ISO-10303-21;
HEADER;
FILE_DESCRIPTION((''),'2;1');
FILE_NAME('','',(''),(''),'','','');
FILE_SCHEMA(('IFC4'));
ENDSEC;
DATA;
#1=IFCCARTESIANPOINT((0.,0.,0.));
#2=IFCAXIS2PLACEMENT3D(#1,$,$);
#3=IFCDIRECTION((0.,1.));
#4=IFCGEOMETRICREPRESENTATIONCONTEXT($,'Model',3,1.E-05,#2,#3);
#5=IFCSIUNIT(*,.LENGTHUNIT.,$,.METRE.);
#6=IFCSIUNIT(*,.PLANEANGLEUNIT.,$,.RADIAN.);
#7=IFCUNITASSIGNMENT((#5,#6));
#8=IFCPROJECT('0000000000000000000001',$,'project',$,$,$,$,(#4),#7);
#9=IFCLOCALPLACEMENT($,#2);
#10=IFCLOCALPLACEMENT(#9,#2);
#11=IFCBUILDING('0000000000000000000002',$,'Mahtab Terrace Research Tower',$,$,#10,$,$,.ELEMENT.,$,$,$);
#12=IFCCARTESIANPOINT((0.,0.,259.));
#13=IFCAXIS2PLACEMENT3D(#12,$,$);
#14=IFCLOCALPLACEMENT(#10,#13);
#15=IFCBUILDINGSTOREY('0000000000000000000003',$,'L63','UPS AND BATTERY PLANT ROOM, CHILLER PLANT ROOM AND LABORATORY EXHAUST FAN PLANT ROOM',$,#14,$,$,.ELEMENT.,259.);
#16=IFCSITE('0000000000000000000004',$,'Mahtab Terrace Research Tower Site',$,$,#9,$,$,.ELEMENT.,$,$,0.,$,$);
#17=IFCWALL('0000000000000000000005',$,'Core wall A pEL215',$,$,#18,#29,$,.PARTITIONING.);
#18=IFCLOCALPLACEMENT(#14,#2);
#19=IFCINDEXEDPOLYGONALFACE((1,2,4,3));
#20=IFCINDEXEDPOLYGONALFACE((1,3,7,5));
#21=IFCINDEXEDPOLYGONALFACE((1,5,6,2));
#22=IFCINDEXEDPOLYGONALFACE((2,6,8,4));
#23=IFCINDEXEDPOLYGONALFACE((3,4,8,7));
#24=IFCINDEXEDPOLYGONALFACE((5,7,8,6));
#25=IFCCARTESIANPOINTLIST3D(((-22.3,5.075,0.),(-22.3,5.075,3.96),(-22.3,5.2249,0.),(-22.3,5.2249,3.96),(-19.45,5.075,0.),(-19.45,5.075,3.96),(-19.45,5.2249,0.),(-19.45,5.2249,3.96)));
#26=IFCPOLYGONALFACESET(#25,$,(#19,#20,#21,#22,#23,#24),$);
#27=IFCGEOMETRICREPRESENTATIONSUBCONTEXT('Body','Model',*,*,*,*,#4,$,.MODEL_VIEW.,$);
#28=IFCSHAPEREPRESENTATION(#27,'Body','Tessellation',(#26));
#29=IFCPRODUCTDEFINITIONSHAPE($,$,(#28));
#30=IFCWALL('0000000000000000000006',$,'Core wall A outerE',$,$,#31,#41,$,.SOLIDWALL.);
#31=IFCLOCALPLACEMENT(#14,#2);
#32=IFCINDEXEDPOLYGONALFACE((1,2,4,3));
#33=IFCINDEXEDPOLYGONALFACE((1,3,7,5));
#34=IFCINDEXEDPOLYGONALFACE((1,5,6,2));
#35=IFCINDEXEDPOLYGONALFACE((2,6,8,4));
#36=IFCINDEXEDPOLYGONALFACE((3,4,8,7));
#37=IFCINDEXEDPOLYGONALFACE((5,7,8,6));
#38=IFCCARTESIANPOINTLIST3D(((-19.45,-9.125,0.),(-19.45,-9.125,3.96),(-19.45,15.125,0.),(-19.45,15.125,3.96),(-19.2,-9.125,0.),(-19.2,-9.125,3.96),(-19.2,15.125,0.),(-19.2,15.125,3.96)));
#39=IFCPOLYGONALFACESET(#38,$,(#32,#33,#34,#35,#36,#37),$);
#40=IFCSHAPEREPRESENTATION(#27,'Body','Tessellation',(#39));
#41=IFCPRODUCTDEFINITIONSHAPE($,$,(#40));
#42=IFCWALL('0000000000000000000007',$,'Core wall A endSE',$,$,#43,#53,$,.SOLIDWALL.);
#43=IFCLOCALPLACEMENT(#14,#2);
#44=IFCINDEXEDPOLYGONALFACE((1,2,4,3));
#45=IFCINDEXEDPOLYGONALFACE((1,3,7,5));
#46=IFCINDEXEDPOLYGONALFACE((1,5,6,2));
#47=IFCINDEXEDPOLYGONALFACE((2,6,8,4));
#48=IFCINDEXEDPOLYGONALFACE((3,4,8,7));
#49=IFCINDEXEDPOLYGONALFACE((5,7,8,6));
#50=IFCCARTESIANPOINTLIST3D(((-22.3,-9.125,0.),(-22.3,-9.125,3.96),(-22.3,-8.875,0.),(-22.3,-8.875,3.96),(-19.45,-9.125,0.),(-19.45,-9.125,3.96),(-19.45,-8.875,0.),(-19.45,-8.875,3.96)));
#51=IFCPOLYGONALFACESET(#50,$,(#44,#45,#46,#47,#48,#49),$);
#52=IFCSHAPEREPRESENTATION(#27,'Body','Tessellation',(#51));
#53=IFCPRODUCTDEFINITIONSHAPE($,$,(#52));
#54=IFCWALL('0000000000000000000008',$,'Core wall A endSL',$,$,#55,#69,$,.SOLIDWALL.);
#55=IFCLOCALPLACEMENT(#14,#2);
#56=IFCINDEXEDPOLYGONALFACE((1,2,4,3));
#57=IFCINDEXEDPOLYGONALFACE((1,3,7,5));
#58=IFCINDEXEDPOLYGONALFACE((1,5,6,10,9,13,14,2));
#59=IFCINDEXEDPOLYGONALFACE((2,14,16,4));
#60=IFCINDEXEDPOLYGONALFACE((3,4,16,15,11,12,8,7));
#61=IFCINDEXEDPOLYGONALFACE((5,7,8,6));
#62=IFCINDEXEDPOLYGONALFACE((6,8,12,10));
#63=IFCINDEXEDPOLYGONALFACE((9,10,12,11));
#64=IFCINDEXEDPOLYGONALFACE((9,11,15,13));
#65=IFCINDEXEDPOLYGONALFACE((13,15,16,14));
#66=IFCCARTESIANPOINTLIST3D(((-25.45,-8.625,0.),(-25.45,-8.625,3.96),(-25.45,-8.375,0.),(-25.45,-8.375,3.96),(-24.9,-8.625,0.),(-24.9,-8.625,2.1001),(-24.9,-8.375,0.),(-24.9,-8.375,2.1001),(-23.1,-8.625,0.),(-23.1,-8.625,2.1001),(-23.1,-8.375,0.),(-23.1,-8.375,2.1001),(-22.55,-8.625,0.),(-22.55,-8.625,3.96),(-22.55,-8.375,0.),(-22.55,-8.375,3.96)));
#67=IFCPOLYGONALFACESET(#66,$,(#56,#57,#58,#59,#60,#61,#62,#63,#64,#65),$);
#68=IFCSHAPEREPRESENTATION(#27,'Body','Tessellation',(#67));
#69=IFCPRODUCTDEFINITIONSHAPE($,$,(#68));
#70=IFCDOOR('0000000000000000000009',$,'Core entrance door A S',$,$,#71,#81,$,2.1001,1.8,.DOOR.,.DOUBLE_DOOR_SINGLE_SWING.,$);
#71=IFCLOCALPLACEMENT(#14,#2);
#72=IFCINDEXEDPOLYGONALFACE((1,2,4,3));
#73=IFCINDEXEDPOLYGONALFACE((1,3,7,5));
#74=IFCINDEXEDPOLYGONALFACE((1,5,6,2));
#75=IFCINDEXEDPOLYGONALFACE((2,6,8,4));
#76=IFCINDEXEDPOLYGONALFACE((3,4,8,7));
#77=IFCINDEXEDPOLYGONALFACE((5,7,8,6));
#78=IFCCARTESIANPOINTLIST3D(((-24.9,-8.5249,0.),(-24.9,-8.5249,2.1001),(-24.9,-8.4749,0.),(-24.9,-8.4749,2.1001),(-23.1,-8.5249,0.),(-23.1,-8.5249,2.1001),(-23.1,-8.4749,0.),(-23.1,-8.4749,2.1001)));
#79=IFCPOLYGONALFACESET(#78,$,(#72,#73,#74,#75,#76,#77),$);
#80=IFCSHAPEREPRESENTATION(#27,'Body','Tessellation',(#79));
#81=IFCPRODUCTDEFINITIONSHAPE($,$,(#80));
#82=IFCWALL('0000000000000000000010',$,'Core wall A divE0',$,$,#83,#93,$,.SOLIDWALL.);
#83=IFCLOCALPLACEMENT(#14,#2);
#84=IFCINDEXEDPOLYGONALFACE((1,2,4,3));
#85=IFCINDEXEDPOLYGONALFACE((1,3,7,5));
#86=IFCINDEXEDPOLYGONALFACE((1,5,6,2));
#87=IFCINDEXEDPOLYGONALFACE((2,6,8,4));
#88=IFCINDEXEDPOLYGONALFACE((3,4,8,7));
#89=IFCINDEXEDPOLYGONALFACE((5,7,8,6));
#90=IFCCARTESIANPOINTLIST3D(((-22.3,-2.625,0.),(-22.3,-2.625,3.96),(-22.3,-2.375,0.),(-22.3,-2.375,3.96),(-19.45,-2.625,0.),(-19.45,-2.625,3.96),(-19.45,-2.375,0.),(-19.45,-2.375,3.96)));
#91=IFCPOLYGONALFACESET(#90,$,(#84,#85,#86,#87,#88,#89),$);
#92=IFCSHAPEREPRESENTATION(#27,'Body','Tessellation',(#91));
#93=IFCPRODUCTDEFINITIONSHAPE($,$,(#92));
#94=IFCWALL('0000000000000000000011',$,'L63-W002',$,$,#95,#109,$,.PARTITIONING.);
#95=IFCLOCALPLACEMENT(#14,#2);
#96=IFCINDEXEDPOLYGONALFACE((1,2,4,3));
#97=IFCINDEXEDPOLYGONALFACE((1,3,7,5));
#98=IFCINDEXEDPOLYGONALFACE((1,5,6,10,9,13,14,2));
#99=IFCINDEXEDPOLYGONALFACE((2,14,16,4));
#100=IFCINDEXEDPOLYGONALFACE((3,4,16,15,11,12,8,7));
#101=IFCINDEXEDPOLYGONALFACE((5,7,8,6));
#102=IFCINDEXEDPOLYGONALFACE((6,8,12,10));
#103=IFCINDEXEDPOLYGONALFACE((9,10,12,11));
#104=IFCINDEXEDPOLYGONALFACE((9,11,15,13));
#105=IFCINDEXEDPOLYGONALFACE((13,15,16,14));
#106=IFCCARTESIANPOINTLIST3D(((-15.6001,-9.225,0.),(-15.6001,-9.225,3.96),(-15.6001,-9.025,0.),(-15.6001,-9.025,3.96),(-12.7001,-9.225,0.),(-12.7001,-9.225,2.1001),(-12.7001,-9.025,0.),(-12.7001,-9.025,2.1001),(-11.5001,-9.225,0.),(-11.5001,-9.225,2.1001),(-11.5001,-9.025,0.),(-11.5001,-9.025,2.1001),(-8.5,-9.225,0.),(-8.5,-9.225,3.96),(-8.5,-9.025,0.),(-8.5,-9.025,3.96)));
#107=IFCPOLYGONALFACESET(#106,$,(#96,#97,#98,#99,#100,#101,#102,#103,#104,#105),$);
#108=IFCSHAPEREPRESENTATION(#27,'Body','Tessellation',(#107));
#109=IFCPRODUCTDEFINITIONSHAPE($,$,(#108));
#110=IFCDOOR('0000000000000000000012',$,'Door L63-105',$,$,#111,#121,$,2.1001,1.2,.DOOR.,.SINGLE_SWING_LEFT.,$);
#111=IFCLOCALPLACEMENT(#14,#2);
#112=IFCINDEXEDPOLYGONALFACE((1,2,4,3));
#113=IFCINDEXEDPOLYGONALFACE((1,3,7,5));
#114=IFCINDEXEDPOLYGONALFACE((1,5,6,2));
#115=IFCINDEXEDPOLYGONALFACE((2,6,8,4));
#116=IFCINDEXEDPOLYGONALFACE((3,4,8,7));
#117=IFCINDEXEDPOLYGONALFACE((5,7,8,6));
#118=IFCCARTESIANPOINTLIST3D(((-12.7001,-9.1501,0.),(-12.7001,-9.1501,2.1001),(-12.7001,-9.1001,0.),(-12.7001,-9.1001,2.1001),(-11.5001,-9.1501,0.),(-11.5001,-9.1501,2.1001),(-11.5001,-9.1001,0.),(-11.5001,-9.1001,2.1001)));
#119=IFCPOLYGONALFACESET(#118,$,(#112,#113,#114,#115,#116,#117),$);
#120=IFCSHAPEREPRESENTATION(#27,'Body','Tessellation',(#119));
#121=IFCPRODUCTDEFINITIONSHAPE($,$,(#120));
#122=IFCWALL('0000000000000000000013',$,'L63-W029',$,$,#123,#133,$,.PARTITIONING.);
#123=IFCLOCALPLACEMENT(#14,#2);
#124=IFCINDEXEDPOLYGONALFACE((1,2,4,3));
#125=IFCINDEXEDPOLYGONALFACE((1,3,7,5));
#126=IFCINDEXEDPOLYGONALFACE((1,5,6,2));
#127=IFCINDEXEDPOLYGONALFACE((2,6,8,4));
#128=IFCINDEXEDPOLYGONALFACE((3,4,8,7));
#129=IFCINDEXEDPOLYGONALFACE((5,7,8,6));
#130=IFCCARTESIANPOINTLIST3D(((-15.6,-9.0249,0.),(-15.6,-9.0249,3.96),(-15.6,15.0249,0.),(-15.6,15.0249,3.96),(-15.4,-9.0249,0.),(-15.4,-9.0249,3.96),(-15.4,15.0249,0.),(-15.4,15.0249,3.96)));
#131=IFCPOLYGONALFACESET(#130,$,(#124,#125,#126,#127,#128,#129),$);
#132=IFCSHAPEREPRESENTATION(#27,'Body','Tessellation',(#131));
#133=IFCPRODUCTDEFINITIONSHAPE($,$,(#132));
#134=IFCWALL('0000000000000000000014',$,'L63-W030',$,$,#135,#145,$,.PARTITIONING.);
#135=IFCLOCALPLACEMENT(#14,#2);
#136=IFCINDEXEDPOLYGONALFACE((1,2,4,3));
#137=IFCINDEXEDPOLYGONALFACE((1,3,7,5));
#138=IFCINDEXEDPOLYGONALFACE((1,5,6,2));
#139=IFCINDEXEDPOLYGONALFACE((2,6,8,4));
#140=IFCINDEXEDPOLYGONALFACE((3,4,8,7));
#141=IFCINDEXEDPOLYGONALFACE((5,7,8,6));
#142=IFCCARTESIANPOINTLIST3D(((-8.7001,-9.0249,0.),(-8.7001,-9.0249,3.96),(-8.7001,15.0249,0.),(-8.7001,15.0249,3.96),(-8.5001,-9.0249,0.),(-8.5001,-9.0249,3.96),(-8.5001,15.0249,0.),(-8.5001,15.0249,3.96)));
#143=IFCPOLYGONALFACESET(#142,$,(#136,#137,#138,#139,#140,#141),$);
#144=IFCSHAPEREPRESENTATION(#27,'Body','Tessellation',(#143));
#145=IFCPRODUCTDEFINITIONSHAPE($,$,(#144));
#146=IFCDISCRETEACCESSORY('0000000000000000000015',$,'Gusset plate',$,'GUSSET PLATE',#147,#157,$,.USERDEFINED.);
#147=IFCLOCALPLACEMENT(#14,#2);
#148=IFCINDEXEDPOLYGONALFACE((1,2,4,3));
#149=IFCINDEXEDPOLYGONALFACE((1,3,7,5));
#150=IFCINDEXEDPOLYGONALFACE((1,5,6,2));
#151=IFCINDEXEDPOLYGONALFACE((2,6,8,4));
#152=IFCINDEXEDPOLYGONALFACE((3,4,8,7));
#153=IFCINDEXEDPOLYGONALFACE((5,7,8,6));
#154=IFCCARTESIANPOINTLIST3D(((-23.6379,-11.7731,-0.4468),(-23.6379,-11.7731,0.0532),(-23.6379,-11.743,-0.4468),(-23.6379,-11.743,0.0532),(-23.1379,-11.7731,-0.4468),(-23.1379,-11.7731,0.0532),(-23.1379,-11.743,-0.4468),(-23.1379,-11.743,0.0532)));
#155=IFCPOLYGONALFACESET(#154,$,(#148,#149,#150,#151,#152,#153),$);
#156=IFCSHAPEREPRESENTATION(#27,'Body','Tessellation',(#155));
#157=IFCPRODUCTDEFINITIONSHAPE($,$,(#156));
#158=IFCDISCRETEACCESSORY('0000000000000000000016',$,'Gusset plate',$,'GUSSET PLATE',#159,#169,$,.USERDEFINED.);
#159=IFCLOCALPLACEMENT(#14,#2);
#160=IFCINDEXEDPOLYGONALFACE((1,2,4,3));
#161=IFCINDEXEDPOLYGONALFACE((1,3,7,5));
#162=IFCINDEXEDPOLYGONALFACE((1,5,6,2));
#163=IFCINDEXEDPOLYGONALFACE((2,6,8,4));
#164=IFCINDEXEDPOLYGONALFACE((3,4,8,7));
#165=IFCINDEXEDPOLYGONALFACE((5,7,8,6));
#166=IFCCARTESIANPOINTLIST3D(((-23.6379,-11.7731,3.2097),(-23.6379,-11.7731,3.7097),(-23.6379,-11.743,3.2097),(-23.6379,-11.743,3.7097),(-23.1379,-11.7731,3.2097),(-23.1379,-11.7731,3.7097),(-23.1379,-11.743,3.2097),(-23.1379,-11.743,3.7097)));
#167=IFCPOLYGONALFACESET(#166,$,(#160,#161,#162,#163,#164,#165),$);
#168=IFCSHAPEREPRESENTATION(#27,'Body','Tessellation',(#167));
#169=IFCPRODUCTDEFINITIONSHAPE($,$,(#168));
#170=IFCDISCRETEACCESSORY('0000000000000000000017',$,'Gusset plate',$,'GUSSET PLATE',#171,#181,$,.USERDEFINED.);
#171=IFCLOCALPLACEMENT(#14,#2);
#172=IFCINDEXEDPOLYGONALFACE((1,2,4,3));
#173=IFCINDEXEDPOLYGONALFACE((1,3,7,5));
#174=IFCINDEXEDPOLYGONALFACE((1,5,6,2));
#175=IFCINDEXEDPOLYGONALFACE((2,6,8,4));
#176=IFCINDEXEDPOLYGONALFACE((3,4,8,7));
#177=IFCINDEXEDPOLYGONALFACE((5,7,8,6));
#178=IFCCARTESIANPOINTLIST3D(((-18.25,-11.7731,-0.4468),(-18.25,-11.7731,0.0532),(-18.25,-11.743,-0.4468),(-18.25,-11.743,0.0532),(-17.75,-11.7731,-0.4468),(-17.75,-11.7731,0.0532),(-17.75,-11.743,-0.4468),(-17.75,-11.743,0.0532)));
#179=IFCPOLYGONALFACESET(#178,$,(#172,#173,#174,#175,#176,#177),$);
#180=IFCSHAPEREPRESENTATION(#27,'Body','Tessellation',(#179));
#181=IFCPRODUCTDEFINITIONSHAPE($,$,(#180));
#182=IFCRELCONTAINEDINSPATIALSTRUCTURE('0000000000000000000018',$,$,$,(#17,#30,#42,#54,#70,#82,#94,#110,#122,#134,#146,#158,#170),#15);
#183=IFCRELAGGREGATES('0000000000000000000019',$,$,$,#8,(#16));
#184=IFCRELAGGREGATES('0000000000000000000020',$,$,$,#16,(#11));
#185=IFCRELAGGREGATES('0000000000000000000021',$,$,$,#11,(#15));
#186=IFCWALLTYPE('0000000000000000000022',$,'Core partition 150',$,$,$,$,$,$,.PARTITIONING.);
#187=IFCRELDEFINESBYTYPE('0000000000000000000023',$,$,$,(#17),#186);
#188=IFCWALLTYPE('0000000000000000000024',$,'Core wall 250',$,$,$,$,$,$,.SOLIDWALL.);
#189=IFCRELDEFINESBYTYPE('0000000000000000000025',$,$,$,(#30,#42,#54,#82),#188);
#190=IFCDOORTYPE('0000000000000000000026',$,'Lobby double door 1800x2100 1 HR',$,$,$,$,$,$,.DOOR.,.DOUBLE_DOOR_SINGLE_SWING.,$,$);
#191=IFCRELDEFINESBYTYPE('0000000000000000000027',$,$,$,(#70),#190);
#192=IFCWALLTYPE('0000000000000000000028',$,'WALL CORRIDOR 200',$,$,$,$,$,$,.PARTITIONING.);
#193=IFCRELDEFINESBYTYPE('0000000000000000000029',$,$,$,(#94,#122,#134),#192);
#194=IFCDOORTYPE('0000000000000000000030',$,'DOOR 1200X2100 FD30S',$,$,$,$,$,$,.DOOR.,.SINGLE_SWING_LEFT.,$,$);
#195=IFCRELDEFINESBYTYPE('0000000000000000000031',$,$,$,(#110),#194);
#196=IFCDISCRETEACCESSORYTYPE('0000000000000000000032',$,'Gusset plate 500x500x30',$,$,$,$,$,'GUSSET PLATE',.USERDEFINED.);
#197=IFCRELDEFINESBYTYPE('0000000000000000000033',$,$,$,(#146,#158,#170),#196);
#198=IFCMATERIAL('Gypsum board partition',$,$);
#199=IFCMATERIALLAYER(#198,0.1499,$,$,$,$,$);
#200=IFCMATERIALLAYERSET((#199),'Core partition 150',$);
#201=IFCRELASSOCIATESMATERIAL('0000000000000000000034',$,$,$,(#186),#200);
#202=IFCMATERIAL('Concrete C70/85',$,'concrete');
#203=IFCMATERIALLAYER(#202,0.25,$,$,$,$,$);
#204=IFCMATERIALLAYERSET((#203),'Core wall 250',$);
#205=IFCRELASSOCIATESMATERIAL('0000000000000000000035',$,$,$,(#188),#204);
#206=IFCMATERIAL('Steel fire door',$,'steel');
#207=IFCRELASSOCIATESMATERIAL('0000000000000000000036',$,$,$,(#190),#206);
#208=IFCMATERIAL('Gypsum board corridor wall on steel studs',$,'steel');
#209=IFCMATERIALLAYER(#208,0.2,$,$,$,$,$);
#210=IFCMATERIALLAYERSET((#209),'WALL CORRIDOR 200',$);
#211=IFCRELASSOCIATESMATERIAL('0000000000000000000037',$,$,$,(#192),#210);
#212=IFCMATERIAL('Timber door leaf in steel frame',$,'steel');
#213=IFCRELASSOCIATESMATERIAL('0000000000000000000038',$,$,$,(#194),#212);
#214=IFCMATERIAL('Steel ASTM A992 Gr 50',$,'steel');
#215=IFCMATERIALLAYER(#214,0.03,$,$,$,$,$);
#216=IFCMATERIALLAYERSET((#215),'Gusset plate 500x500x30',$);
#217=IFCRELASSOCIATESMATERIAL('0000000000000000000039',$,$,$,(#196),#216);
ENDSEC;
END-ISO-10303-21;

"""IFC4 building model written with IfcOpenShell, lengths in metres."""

from ifc_helpers import new_model, si_unit, direction, frame, frame_2d, origin, origin_2d, place, context, subcontext, project, spatial, rectangle, extrude, material, layer, layer_set, type_object, element, fill, save


model = new_model("IFC4")

# Units and contexts
model_context = context("Model", 3, precision=1e-05, world=origin(), true_north=direction((0.0, 1.0)))
body_context = subcontext(model_context, "Body", "Model", "MODEL_VIEW")
ifc_project = project(units=[si_unit("LENGTHUNIT", "METRE"), si_unit("PLANEANGLEUNIT", "RADIAN")], contexts=[model_context])

# Site, building, storey
site_placement = place(None, origin())
site = spatial("IfcSite", under=ifc_project, at=site_placement, Name="Mahtab Terrace Research Tower Site", CompositionType="ELEMENT", RefElevation=0.0)
building_placement = place(site_placement, origin())
building = spatial("IfcBuilding", under=site, at=building_placement, Name="Mahtab Terrace Research Tower", CompositionType="ELEMENT")
storey_placement = place(building_placement, frame((0.0, 0.0, 259.0)))
storey = spatial("IfcBuildingStorey", under=building, at=storey_placement, Name="L63", Description="UPS AND BATTERY PLANT ROOM, CHILLER PLANT ROOM AND LABORATORY EXHAUST FAN PLANT ROOM", CompositionType="ELEMENT", Elevation=259.0)

# Shared definitions
ifc_material_1 = material(Name="Concrete C70/85", Category="concrete")
ifc_material_2 = material(Name="Steel ASTM A992 Gr 50", Category="steel")

# Walls
ifc_material_3 = material(Name="Gypsum board partition")
ifc_layer_1 = layer(ifc_material_3, 0.1499)
ifc_layer_set_1 = layer_set([ifc_layer_1], Name="Core partition 150")
wall_type_1 = type_object("IfcWallType", Name="Core partition 150", PredefinedType="PARTITIONING", material=ifc_layer_set_1)
for number, where, z_axis, x_axis, name in (
    (1, (-22.3, 5.1499, 0.0), (0.0, 0.0, 1.0), (1.0, 0.0, 0.0), "Core wall A pEL215"),
):
    element("IfcWall", number, at=place(storey_placement, frame(where, z_axis=z_axis, x_axis=x_axis)), inside=storey, type_object=wall_type_1, Name=name, PredefinedType="PARTITIONING", context=body_context, shape_type="SweptSolid", body=[
        extrude(rectangle(XDim=2.8501, YDim=0.1499, at=frame_2d((1.425, 0.0))), origin(), (0.0, 0.0, 1.0), 3.96),
    ])
ifc_layer_2 = layer(ifc_material_1, 0.25)
ifc_layer_set_2 = layer_set([ifc_layer_2], Name="Core wall 250")
wall_type_2 = type_object("IfcWallType", Name="Core wall 250", PredefinedType="SOLIDWALL", material=ifc_layer_set_2)
wall_1_placement = place(storey_placement, frame((-19.325, -9.125, 0.0), z_axis=(0.0, 0.0, 1.0), x_axis=(0.0, 1.0, 0.0)))
element("IfcWall", 2, at=wall_1_placement, inside=storey, type_object=wall_type_2, Name="Core wall A outerE", PredefinedType="SOLIDWALL", context=body_context, shape_type="SweptSolid", body=[
    extrude(rectangle(XDim=24.25, YDim=0.25, at=frame_2d((12.125, 0.0))), origin(), (0.0, 0.0, 1.0), 3.96),
])
wall_2_placement = place(storey_placement, frame((-19.45, -9.0, 0.0), z_axis=(0.0, 0.0, 1.0), x_axis=(-1.0, 0.0, 0.0)))
element("IfcWall", 3, at=wall_2_placement, inside=storey, type_object=wall_type_2, Name="Core wall A endSE", PredefinedType="SOLIDWALL", context=body_context, shape_type="SweptSolid", body=[
    extrude(rectangle(XDim=2.8501, YDim=0.25, at=frame_2d((1.425, 0.0))), origin(), (0.0, 0.0, 1.0), 3.96),
])

# Wall, opening, door
wall_3_placement = place(storey_placement, frame((-22.55, -8.5, 0.0), z_axis=(0.0, 0.0, 1.0), x_axis=(-1.0, 0.0, 0.0)))
wall_3 = element("IfcWall", 4, at=wall_3_placement, inside=storey, type_object=wall_type_2, Name="Core wall A endSL", PredefinedType="SOLIDWALL", context=body_context, shape_type="SweptSolid", body=[
    extrude(rectangle(XDim=2.8999, YDim=0.25, at=frame_2d((1.45, 0.0))), origin(), (0.0, 0.0, 1.0), 3.96),
])
opening_1_placement = place(wall_3_placement, frame((0.55, 0.0, 0.0)))
opening_1 = element("IfcOpeningElement", 5, at=opening_1_placement, cuts=wall_3, PredefinedType="OPENING", context=body_context, shape_type="SweptSolid", body=[
    extrude(rectangle(XDim=1.8, YDim=2.1001, at=frame_2d((0.8999, 1.05))), frame((0.0, 0.135, 0.0), z_axis=(0.0, -1.0, 0.0), x_axis=(1.0, 0.0, 0.0)), (0.0, 0.0, 1.0), 0.27),
])
ifc_material_4 = material(Name="Steel fire door", Category="steel")
door_type_1 = type_object("IfcDoorType", Name="Lobby double door 1800x2100 1 HR", OperationType="DOUBLE_DOOR_SINGLE_SWING", PredefinedType="DOOR", material=ifc_material_4)
door_1_placement = place(opening_1_placement, origin())
door_1 = element("IfcDoor", 6, at=door_1_placement, inside=storey, type_object=door_type_1, Name="Core entrance door A S", OperationType="DOUBLE_DOOR_SINGLE_SWING", OverallHeight=2.1001, OverallWidth=1.8, PredefinedType="DOOR", context=body_context, shape_type="SweptSolid", body=[
    extrude(rectangle(XDim=1.8, YDim=2.1001, at=frame_2d((0.8999, 1.05))), frame((0.0, 0.0249, 0.0), z_axis=(0.0, -1.0, 0.0), x_axis=(1.0, 0.0, 0.0)), (0.0, 0.0, 1.0), 0.05),
])
fill(opening_1, door_1)

# Wall
wall_4_placement = place(storey_placement, frame((-22.3, -2.5, 0.0), z_axis=(0.0, 0.0, 1.0), x_axis=(1.0, 0.0, 0.0)))
element("IfcWall", 7, at=wall_4_placement, inside=storey, type_object=wall_type_2, Name="Core wall A divE0", PredefinedType="SOLIDWALL", context=body_context, shape_type="SweptSolid", body=[
    extrude(rectangle(XDim=2.8501, YDim=0.25, at=frame_2d((1.425, 0.0))), origin(), (0.0, 0.0, 1.0), 3.96),
])

# Wall, opening, door
ifc_material_5 = material(Name="Gypsum board corridor wall on steel studs", Category="steel")
ifc_layer_3 = layer(ifc_material_5, 0.2)
ifc_layer_set_3 = layer_set([ifc_layer_3], Name="WALL CORRIDOR 200")
wall_type_3 = type_object("IfcWallType", Name="WALL CORRIDOR 200", PredefinedType="PARTITIONING", material=ifc_layer_set_3)
wall_5_placement = place(storey_placement, frame((-15.6001, -9.125, 0.0), z_axis=(0.0, 0.0, 1.0), x_axis=(1.0, 0.0, 0.0)))
wall_5 = element("IfcWall", 8, at=wall_5_placement, inside=storey, type_object=wall_type_3, Name="L63-W002", PredefinedType="PARTITIONING", context=body_context, shape_type="SweptSolid", body=[
    extrude(rectangle(XDim=7.1001, YDim=0.2, at=frame_2d((3.55, 0.0))), origin(), (0.0, 0.0, 1.0), 3.96),
])
opening_2_placement = place(wall_5_placement, frame((2.8999, 0.0, 0.0)))
opening_2 = element("IfcOpeningElement", 9, at=opening_2_placement, cuts=wall_5, PredefinedType="OPENING", context=body_context, shape_type="SweptSolid", body=[
    extrude(rectangle(XDim=1.2, YDim=2.1001, at=frame_2d((0.6001, 1.05))), frame((0.0, 0.1099, 0.0), z_axis=(0.0, -1.0, 0.0), x_axis=(1.0, 0.0, 0.0)), (0.0, 0.0, 1.0), 0.22),
])
ifc_material_6 = material(Name="Timber door leaf in steel frame", Category="steel")
door_type_2 = type_object("IfcDoorType", Name="DOOR 1200X2100 FD30S", OperationType="SINGLE_SWING_LEFT", PredefinedType="DOOR", material=ifc_material_6)
door_2_placement = place(opening_2_placement, origin())
door_2 = element("IfcDoor", 10, at=door_2_placement, inside=storey, type_object=door_type_2, Name="Door L63-105", OperationType="SINGLE_SWING_LEFT", OverallHeight=2.1001, OverallWidth=1.2, PredefinedType="DOOR", context=body_context, shape_type="SweptSolid", body=[
    extrude(rectangle(XDim=1.2, YDim=2.1001, at=frame_2d((0.6001, 1.05))), frame((0.0, 0.0249, 0.0), z_axis=(0.0, -1.0, 0.0), x_axis=(1.0, 0.0, 0.0)), (0.0, 0.0, 1.0), 0.05),
])
fill(opening_2, door_2)

# Walls
for number, where, z_axis, x_axis, name in (
    (11, (-15.5, -9.0249, 0.0), (0.0, 0.0, 1.0), (0.0, 1.0, 0.0), "L63-W029"),
    (12, (-8.6001, -9.0249, 0.0), (0.0, 0.0, 1.0), (0.0, 1.0, 0.0), "L63-W030"),
):
    element("IfcWall", number, at=place(storey_placement, frame(where, z_axis=z_axis, x_axis=x_axis)), inside=storey, type_object=wall_type_3, Name=name, PredefinedType="PARTITIONING", context=body_context, shape_type="SweptSolid", body=[
        extrude(rectangle(XDim=24.0498, YDim=0.2, at=frame_2d((12.0249, 0.0))), origin(), (0.0, 0.0, 1.0), 3.96),
    ])

# Discrete accessories
ifc_layer_4 = layer(ifc_material_2, 0.03)
ifc_layer_set_4 = layer_set([ifc_layer_4], Name="Gusset plate 500x500x30")
discrete_accessory_type = type_object("IfcDiscreteAccessoryType", Name="Gusset plate 500x500x30", ElementType="GUSSET PLATE", PredefinedType="USERDEFINED", material=ifc_layer_set_4)
for number, where, z_axis, x_axis, name in (
    (13, (-23.3879, -11.7581, -0.4468), (0.0, 0.0, 1.0), (1.0, 0.0, 0.0), "Gusset plate"),
    (14, (-23.3879, -11.7581, 3.2097), (0.0, 0.0, 1.0), (1.0, 0.0, 0.0), "Gusset plate"),
    (15, (-18.0, -11.7581, -0.4468), (0.0, 0.0, 1.0), (1.0, 0.0, 0.0), "Gusset plate"),
):
    element("IfcDiscreteAccessory", number, at=place(storey_placement, frame(where, z_axis=z_axis, x_axis=x_axis)), inside=storey, type_object=discrete_accessory_type, Name=name, ObjectType="GUSSET PLATE", PredefinedType="USERDEFINED", context=body_context, shape_type="SweptSolid", body=[
        extrude(rectangle(XDim=0.5, YDim=0.03, at=origin_2d()), origin(), (0.0, 0.0, 1.0), 0.5),
    ])

save(model, "model.ifc")
